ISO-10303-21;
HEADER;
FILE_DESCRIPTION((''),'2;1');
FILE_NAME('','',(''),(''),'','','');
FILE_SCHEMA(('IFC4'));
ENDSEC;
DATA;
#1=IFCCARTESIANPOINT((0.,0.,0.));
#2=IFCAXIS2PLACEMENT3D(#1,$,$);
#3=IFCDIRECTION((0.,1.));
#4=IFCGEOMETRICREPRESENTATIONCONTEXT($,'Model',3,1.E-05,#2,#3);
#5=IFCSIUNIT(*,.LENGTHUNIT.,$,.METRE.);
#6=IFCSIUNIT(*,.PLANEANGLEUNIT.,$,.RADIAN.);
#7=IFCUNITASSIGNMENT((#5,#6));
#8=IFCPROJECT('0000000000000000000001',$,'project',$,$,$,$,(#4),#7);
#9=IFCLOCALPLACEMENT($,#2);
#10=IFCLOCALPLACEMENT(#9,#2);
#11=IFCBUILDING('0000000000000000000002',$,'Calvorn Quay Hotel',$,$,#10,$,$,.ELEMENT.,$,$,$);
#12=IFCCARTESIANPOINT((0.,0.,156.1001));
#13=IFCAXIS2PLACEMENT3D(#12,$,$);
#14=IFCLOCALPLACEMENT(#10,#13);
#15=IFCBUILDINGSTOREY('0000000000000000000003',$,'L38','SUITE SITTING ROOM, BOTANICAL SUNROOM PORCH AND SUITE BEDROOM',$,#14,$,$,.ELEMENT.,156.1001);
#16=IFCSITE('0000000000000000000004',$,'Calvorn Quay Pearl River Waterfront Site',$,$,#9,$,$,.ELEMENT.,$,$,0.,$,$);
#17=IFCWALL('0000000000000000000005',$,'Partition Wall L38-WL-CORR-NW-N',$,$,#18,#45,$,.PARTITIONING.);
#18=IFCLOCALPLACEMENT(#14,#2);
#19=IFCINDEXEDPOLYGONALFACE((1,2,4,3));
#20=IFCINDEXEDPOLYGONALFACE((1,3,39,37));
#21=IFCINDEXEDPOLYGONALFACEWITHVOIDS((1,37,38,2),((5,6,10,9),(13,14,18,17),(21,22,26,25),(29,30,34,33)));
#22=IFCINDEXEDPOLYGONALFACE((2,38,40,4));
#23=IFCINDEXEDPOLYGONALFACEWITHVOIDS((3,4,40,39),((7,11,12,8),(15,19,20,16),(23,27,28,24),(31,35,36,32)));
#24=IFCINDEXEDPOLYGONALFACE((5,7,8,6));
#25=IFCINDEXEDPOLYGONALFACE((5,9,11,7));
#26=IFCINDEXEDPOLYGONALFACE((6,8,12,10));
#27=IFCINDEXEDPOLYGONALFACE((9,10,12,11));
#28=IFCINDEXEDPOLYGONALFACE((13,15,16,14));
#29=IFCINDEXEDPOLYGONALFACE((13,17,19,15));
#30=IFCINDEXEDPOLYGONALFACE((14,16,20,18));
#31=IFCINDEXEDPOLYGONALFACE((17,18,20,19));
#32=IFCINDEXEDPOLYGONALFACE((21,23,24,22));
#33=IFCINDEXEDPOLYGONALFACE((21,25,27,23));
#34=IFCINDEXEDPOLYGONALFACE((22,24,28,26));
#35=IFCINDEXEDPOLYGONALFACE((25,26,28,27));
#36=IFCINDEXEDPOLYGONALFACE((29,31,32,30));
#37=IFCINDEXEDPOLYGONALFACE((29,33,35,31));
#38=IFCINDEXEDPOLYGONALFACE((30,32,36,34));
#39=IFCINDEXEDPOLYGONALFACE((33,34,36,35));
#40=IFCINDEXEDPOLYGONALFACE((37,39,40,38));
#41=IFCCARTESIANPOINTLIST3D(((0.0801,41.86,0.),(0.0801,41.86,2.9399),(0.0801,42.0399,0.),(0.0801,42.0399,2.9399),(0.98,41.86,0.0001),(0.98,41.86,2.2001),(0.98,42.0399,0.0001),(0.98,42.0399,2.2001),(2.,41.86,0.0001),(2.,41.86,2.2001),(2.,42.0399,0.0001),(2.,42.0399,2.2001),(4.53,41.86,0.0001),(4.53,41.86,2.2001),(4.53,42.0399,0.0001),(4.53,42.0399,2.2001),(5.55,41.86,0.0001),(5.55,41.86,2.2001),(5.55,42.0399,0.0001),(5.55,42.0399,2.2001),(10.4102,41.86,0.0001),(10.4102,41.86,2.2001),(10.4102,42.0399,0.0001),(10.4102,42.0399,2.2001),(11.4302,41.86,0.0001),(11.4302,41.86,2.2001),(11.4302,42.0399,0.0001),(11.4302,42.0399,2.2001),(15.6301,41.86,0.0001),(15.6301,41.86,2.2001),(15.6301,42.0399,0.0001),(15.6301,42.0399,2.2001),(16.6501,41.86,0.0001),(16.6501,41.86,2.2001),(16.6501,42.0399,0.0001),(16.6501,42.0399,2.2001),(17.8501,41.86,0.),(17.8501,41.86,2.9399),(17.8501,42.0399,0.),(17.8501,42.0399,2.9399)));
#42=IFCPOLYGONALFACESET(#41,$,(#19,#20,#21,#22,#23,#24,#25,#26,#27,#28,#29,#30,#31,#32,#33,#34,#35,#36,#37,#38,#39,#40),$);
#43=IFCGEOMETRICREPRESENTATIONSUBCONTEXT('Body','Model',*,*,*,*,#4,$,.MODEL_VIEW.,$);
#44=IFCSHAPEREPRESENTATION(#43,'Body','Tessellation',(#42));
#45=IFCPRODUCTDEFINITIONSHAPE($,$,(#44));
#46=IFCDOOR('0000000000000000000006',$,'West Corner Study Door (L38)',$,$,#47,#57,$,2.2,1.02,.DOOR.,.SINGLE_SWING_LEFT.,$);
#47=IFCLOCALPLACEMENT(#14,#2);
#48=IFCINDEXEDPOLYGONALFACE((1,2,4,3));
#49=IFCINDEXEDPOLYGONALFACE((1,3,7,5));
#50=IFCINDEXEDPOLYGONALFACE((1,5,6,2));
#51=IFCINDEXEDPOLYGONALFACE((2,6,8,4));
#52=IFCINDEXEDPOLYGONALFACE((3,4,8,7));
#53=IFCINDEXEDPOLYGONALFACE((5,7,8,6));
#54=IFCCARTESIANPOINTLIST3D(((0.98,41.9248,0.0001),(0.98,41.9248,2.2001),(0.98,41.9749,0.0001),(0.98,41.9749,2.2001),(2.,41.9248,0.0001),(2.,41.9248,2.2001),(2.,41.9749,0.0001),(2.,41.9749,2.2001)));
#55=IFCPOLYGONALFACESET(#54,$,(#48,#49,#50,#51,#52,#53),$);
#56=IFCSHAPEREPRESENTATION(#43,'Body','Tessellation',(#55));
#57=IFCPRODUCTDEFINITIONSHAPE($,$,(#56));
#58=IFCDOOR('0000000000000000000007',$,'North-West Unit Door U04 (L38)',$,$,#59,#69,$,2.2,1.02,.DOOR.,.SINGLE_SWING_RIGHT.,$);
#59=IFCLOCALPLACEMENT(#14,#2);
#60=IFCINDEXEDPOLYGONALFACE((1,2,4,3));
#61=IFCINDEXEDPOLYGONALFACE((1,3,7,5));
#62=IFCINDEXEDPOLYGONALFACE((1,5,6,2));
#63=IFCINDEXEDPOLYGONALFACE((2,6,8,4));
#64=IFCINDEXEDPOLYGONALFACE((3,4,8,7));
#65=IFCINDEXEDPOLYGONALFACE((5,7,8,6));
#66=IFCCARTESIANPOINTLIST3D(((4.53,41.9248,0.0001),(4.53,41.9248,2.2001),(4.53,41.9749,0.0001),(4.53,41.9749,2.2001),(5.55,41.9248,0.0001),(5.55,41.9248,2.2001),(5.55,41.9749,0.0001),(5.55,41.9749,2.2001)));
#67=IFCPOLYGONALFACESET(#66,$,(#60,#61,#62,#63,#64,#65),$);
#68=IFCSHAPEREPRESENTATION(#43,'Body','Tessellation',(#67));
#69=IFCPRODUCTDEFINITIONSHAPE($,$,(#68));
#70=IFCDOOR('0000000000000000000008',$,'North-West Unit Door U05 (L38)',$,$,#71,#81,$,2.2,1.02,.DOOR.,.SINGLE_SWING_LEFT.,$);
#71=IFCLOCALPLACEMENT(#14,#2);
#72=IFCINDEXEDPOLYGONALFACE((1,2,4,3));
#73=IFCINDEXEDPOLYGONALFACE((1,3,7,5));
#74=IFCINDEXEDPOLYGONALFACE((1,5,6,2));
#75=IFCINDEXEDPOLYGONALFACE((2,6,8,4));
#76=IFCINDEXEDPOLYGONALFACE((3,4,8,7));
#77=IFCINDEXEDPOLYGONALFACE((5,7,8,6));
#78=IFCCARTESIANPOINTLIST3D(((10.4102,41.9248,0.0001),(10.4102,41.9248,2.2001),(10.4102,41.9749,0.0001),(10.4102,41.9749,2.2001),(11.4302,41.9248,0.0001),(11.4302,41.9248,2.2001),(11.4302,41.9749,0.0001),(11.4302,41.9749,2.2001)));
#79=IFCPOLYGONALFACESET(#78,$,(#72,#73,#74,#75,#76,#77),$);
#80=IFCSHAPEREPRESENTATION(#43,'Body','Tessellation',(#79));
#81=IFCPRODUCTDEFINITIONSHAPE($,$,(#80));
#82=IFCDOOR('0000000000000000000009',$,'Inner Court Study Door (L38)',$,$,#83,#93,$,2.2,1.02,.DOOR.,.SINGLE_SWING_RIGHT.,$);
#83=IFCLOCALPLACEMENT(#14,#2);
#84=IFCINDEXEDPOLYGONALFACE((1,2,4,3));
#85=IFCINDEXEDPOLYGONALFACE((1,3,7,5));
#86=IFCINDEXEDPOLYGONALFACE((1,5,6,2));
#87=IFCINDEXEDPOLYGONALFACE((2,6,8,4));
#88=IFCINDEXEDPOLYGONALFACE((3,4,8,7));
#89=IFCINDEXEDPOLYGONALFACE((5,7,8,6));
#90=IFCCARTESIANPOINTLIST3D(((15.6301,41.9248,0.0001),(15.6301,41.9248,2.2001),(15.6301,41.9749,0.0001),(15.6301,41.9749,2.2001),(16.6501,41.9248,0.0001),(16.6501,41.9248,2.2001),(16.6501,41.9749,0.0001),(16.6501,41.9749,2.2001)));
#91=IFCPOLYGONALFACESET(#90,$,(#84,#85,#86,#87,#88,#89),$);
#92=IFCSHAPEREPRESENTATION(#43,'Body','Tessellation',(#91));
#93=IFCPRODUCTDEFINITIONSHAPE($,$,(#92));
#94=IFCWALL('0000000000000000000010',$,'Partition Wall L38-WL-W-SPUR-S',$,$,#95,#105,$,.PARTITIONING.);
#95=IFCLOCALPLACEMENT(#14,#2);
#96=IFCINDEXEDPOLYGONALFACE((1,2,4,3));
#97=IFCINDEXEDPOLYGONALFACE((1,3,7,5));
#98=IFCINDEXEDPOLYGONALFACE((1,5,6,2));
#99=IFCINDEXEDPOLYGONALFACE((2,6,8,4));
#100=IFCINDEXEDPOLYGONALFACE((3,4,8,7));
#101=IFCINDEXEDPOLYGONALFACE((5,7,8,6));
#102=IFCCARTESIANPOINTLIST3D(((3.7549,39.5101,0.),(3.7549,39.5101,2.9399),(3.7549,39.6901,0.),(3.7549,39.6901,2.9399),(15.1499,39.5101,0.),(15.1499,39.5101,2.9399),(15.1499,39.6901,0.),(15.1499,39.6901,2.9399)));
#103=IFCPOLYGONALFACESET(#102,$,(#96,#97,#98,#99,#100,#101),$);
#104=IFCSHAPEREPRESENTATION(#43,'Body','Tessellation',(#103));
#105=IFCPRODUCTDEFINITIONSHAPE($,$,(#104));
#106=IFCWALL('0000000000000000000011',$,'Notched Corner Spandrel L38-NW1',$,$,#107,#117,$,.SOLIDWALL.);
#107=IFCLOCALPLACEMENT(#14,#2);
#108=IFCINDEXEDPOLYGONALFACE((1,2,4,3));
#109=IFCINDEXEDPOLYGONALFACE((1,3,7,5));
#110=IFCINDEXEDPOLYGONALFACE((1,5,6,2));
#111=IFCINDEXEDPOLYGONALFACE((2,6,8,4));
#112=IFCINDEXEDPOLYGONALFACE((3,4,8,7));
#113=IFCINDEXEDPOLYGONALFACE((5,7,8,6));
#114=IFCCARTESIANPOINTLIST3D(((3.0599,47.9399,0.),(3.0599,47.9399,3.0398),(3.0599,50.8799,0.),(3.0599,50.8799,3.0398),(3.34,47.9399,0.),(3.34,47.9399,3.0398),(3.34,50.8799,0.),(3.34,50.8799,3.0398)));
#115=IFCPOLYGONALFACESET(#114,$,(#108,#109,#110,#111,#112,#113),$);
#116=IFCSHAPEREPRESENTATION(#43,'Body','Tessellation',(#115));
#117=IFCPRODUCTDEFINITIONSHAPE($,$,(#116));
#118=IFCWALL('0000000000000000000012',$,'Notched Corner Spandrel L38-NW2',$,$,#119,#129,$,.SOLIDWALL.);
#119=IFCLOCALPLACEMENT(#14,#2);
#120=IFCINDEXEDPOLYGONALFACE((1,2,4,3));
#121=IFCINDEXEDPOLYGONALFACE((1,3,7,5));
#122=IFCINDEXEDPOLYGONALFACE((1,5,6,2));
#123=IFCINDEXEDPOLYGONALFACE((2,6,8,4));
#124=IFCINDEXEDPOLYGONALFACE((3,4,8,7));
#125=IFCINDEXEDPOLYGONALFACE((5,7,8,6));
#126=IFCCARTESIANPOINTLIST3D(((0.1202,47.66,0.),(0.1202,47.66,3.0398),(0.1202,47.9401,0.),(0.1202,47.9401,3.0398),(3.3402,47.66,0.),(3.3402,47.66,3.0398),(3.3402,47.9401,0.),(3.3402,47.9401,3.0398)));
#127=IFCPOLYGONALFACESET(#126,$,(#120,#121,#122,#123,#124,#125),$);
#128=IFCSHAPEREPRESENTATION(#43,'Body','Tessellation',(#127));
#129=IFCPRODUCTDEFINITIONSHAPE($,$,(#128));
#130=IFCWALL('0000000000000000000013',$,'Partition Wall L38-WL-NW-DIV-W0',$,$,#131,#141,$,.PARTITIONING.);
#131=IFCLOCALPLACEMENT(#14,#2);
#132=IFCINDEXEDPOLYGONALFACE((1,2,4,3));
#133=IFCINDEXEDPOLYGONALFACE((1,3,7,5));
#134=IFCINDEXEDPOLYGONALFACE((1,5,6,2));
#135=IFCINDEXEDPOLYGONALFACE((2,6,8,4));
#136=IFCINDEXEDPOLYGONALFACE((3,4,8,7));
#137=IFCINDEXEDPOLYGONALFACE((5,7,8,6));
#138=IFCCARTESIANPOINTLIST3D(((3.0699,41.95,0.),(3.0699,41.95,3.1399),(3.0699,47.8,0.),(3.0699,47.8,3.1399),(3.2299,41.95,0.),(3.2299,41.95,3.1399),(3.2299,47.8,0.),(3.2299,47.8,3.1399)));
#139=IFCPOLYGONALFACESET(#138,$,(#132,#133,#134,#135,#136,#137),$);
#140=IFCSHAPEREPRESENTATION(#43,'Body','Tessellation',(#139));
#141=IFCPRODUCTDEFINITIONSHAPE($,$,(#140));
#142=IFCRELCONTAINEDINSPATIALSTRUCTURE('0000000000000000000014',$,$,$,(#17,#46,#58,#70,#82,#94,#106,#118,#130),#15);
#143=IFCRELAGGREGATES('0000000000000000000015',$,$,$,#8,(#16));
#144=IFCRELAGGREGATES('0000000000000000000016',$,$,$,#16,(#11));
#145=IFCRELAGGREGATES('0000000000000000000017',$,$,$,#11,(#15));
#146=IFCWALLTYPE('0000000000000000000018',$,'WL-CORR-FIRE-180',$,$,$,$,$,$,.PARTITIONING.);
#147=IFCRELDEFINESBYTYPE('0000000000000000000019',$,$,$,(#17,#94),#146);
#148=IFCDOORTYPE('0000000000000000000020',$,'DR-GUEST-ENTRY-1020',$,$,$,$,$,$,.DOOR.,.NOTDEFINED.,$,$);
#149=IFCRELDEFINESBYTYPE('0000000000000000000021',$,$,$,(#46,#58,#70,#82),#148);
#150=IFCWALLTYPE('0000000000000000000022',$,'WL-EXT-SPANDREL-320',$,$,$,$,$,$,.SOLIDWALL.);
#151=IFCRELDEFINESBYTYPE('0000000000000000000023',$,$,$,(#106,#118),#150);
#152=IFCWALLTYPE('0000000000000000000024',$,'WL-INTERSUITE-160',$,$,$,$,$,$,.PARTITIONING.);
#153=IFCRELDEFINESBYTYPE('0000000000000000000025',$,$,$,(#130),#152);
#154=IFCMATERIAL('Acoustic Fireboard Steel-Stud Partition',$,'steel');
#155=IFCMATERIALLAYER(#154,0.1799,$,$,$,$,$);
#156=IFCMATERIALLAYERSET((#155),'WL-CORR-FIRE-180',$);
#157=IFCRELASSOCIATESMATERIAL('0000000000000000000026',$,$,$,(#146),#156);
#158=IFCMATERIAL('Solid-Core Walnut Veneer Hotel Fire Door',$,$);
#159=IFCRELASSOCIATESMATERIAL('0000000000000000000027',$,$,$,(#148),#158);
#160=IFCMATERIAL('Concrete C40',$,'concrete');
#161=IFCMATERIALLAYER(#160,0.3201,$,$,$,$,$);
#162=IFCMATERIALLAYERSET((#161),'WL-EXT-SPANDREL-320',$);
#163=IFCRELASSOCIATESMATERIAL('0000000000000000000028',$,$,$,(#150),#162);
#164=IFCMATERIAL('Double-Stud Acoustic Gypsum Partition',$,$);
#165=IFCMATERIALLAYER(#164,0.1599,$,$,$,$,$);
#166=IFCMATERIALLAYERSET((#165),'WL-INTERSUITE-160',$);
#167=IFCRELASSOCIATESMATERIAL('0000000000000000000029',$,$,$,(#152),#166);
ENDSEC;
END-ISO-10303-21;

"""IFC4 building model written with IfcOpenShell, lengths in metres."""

from ifc_helpers import new_model, si_unit, direction, frame, frame_2d, origin, place, context, subcontext, project, spatial, rectangle, extrude, material, layer, layer_set, type_object, element, fill, save


model = new_model("IFC4")

# Units and contexts
model_context = context("Model", 3, precision=1e-05, world=origin(), true_north=direction((0.0, 1.0)))
body_context = subcontext(model_context, "Body", "Model", "MODEL_VIEW")
ifc_project = project(units=[si_unit("LENGTHUNIT", "METRE"), si_unit("PLANEANGLEUNIT", "RADIAN")], contexts=[model_context])

# Site, building, storey
site_placement = place(None, origin())
site = spatial("IfcSite", under=ifc_project, at=site_placement, Name="Calvorn Quay Pearl River Waterfront Site", CompositionType="ELEMENT", RefElevation=0.0)
building_placement = place(site_placement, origin())
building = spatial("IfcBuilding", under=site, at=building_placement, Name="Calvorn Quay Hotel", CompositionType="ELEMENT")
storey_placement = place(building_placement, frame((0.0, 0.0, 156.1001)))
storey = spatial("IfcBuildingStorey", under=building, at=storey_placement, Name="L38", Description="SUITE SITTING ROOM, BOTANICAL SUNROOM PORCH AND SUITE BEDROOM", CompositionType="ELEMENT", Elevation=156.1001)

# Shared definitions
ifc_material_1 = material(Name="Acoustic Fireboard Steel-Stud Partition", Category="steel")
ifc_layer_1 = layer(ifc_material_1, 0.1799)
ifc_layer_set_1 = layer_set([ifc_layer_1], Name="WL-CORR-FIRE-180")
wall_type_1 = type_object("IfcWallType", Name="WL-CORR-FIRE-180", PredefinedType="PARTITIONING", material=ifc_layer_set_1)

# Wall, openings, doors
wall_1_placement = place(storey_placement, frame((0.0801, 41.95, 0.0), z_axis=(0.0, 0.0, 1.0), x_axis=(1.0, 0.0, 0.0)))
wall_1 = element("IfcWall", 1, at=wall_1_placement, inside=storey, type_object=wall_type_1, Name="Partition Wall L38-WL-CORR-NW-N", PredefinedType="PARTITIONING", context=body_context, shape_type="SweptSolid", body=[
    extrude(rectangle(XDim=17.77, YDim=0.1799, at=frame_2d((8.885, 0.0))), origin(), (0.0, 0.0, 1.0), 2.9399),
])
opening_1_placement = place(wall_1_placement, frame((0.8999, 0.0, 0.0)))
opening_1 = element("IfcOpeningElement", 2, at=opening_1_placement, cuts=wall_1, PredefinedType="OPENING", context=body_context, shape_type="SweptSolid", body=[
    extrude(rectangle(XDim=1.02, YDim=2.2, at=frame_2d((0.51, 1.1001))), frame((0.0, 0.0999, 0.0), z_axis=(0.0, -1.0, 0.0), x_axis=(1.0, 0.0, 0.0)), (0.0, 0.0, 1.0), 0.2),
])
opening_2_placement = place(wall_1_placement, frame((4.45, 0.0, 0.0)))
opening_2 = element("IfcOpeningElement", 3, at=opening_2_placement, cuts=wall_1, PredefinedType="OPENING", context=body_context, shape_type="SweptSolid", body=[
    extrude(rectangle(XDim=1.02, YDim=2.2, at=frame_2d((0.51, 1.1001))), frame((0.0, 0.0999, 0.0), z_axis=(0.0, -1.0, 0.0), x_axis=(1.0, 0.0, 0.0)), (0.0, 0.0, 1.0), 0.2),
])
opening_3_placement = place(wall_1_placement, frame((10.3301, 0.0, 0.0)))
opening_3 = element("IfcOpeningElement", 4, at=opening_3_placement, cuts=wall_1, PredefinedType="OPENING", context=body_context, shape_type="SweptSolid", body=[
    extrude(rectangle(XDim=1.02, YDim=2.2, at=frame_2d((0.51, 1.1001))), frame((0.0, 0.0999, 0.0), z_axis=(0.0, -1.0, 0.0), x_axis=(1.0, 0.0, 0.0)), (0.0, 0.0, 1.0), 0.2),
])
opening_4_placement = place(wall_1_placement, frame((15.55, 0.0, 0.0)))
opening_4 = element("IfcOpeningElement", 5, at=opening_4_placement, cuts=wall_1, PredefinedType="OPENING", context=body_context, shape_type="SweptSolid", body=[
    extrude(rectangle(XDim=1.02, YDim=2.2, at=frame_2d((0.51, 1.1001))), frame((0.0, 0.0999, 0.0), z_axis=(0.0, -1.0, 0.0), x_axis=(1.0, 0.0, 0.0)), (0.0, 0.0, 1.0), 0.2),
])
ifc_material_2 = material(Name="Solid-Core Walnut Veneer Hotel Fire Door")
door_type_1 = type_object("IfcDoorType", Name="DR-GUEST-ENTRY-1020", OperationType="NOTDEFINED", PredefinedType="DOOR", material=ifc_material_2)
door_1_placement = place(opening_1_placement, origin())
door_1 = element("IfcDoor", 6, at=door_1_placement, inside=storey, type_object=door_type_1, Name="West Corner Study Door (L38)", OperationType="SINGLE_SWING_LEFT", OverallHeight=2.2, OverallWidth=1.02, PredefinedType="DOOR", context=body_context, shape_type="SweptSolid", body=[
    extrude(rectangle(XDim=1.02, YDim=2.2, at=frame_2d((0.51, 1.1001))), frame((0.0, 0.0249, 0.0), z_axis=(0.0, -1.0, 0.0), x_axis=(1.0, 0.0, 0.0)), (0.0, 0.0, 1.0), 0.05),
])
fill(opening_1, door_1)
door_2_placement = place(opening_2_placement, origin())
door_2 = element("IfcDoor", 7, at=door_2_placement, inside=storey, type_object=door_type_1, Name="North-West Unit Door U04 (L38)", OperationType="SINGLE_SWING_RIGHT", OverallHeight=2.2, OverallWidth=1.02, PredefinedType="DOOR", context=body_context, shape_type="SweptSolid", body=[
    extrude(rectangle(XDim=1.02, YDim=2.2, at=frame_2d((0.51, 1.1001))), frame((0.0, 0.0249, 0.0), z_axis=(0.0, -1.0, 0.0), x_axis=(1.0, 0.0, 0.0)), (0.0, 0.0, 1.0), 0.05),
])
fill(opening_2, door_2)
door_3_placement = place(opening_3_placement, origin())
door_3 = element("IfcDoor", 8, at=door_3_placement, inside=storey, type_object=door_type_1, Name="North-West Unit Door U05 (L38)", OperationType="SINGLE_SWING_LEFT", OverallHeight=2.2, OverallWidth=1.02, PredefinedType="DOOR", context=body_context, shape_type="SweptSolid", body=[
    extrude(rectangle(XDim=1.02, YDim=2.2, at=frame_2d((0.51, 1.1001))), frame((0.0, 0.0249, 0.0), z_axis=(0.0, -1.0, 0.0), x_axis=(1.0, 0.0, 0.0)), (0.0, 0.0, 1.0), 0.05),
])
fill(opening_3, door_3)
door_4_placement = place(opening_4_placement, origin())
door_4 = element("IfcDoor", 9, at=door_4_placement, inside=storey, type_object=door_type_1, Name="Inner Court Study Door (L38)", OperationType="SINGLE_SWING_RIGHT", OverallHeight=2.2, OverallWidth=1.02, PredefinedType="DOOR", context=body_context, shape_type="SweptSolid", body=[
    extrude(rectangle(XDim=1.02, YDim=2.2, at=frame_2d((0.51, 1.1001))), frame((0.0, 0.0249, 0.0), z_axis=(0.0, -1.0, 0.0), x_axis=(1.0, 0.0, 0.0)), (0.0, 0.0, 1.0), 0.05),
])
fill(opening_4, door_4)

# Walls
wall_2_placement = place(storey_placement, frame((3.7549, 39.6001, 0.0), z_axis=(0.0, 0.0, 1.0), x_axis=(1.0, 0.0, 0.0)))
element("IfcWall", 10, at=wall_2_placement, inside=storey, type_object=wall_type_1, Name="Partition Wall L38-WL-W-SPUR-S", PredefinedType="PARTITIONING", context=body_context, shape_type="SweptSolid", body=[
    extrude(rectangle(XDim=11.395, YDim=0.1799, at=frame_2d((5.6975, 0.0))), origin(), (0.0, 0.0, 1.0), 2.9399),
])
ifc_material_3 = material(Name="Concrete C40", Category="concrete")
ifc_layer_2 = layer(ifc_material_3, 0.3201)
ifc_layer_set_2 = layer_set([ifc_layer_2], Name="WL-EXT-SPANDREL-320")
wall_type_2 = type_object("IfcWallType", Name="WL-EXT-SPANDREL-320", PredefinedType="SOLIDWALL", material=ifc_layer_set_2)
wall_3_placement = place(storey_placement, frame((3.2, 50.8799, 0.0), z_axis=(0.0, 0.0, 1.0), x_axis=(0.0, -1.0, 0.0)))
element("IfcWall", 11, at=wall_3_placement, inside=storey, type_object=wall_type_2, Name="Notched Corner Spandrel L38-NW1", PredefinedType="SOLIDWALL", context=body_context, shape_type="SweptSolid", body=[
    extrude(rectangle(XDim=2.9399, YDim=0.28, at=frame_2d((1.47, 0.0))), origin(), (0.0, 0.0, 1.0), 3.0398),
])
wall_4_placement = place(storey_placement, frame((3.3401, 47.8, 0.0), z_axis=(0.0, 0.0, 1.0), x_axis=(-1.0, 0.0, 0.0)))
element("IfcWall", 12, at=wall_4_placement, inside=storey, type_object=wall_type_2, Name="Notched Corner Spandrel L38-NW2", PredefinedType="SOLIDWALL", context=body_context, shape_type="SweptSolid", body=[
    extrude(rectangle(XDim=3.22, YDim=0.28, at=frame_2d((1.6099, 0.0))), origin(), (0.0, 0.0, 1.0), 3.0398),
])
ifc_material_4 = material(Name="Double-Stud Acoustic Gypsum Partition")
ifc_layer_3 = layer(ifc_material_4, 0.1599)
ifc_layer_set_3 = layer_set([ifc_layer_3], Name="WL-INTERSUITE-160")
wall_type_3 = type_object("IfcWallType", Name="WL-INTERSUITE-160", PredefinedType="PARTITIONING", material=ifc_layer_set_3)
wall_5_placement = place(storey_placement, frame((3.1499, 41.95, 0.0), z_axis=(0.0, 0.0, 1.0), x_axis=(0.0, 1.0, 0.0)))
element("IfcWall", 13, at=wall_5_placement, inside=storey, type_object=wall_type_3, Name="Partition Wall L38-WL-NW-DIV-W0", PredefinedType="PARTITIONING", context=body_context, shape_type="SweptSolid", body=[
    extrude(rectangle(XDim=5.8501, YDim=0.1599, at=frame_2d((2.925, 0.0))), origin(), (0.0, 0.0, 1.0), 3.1399),
])

save(model, "model.ifc")
